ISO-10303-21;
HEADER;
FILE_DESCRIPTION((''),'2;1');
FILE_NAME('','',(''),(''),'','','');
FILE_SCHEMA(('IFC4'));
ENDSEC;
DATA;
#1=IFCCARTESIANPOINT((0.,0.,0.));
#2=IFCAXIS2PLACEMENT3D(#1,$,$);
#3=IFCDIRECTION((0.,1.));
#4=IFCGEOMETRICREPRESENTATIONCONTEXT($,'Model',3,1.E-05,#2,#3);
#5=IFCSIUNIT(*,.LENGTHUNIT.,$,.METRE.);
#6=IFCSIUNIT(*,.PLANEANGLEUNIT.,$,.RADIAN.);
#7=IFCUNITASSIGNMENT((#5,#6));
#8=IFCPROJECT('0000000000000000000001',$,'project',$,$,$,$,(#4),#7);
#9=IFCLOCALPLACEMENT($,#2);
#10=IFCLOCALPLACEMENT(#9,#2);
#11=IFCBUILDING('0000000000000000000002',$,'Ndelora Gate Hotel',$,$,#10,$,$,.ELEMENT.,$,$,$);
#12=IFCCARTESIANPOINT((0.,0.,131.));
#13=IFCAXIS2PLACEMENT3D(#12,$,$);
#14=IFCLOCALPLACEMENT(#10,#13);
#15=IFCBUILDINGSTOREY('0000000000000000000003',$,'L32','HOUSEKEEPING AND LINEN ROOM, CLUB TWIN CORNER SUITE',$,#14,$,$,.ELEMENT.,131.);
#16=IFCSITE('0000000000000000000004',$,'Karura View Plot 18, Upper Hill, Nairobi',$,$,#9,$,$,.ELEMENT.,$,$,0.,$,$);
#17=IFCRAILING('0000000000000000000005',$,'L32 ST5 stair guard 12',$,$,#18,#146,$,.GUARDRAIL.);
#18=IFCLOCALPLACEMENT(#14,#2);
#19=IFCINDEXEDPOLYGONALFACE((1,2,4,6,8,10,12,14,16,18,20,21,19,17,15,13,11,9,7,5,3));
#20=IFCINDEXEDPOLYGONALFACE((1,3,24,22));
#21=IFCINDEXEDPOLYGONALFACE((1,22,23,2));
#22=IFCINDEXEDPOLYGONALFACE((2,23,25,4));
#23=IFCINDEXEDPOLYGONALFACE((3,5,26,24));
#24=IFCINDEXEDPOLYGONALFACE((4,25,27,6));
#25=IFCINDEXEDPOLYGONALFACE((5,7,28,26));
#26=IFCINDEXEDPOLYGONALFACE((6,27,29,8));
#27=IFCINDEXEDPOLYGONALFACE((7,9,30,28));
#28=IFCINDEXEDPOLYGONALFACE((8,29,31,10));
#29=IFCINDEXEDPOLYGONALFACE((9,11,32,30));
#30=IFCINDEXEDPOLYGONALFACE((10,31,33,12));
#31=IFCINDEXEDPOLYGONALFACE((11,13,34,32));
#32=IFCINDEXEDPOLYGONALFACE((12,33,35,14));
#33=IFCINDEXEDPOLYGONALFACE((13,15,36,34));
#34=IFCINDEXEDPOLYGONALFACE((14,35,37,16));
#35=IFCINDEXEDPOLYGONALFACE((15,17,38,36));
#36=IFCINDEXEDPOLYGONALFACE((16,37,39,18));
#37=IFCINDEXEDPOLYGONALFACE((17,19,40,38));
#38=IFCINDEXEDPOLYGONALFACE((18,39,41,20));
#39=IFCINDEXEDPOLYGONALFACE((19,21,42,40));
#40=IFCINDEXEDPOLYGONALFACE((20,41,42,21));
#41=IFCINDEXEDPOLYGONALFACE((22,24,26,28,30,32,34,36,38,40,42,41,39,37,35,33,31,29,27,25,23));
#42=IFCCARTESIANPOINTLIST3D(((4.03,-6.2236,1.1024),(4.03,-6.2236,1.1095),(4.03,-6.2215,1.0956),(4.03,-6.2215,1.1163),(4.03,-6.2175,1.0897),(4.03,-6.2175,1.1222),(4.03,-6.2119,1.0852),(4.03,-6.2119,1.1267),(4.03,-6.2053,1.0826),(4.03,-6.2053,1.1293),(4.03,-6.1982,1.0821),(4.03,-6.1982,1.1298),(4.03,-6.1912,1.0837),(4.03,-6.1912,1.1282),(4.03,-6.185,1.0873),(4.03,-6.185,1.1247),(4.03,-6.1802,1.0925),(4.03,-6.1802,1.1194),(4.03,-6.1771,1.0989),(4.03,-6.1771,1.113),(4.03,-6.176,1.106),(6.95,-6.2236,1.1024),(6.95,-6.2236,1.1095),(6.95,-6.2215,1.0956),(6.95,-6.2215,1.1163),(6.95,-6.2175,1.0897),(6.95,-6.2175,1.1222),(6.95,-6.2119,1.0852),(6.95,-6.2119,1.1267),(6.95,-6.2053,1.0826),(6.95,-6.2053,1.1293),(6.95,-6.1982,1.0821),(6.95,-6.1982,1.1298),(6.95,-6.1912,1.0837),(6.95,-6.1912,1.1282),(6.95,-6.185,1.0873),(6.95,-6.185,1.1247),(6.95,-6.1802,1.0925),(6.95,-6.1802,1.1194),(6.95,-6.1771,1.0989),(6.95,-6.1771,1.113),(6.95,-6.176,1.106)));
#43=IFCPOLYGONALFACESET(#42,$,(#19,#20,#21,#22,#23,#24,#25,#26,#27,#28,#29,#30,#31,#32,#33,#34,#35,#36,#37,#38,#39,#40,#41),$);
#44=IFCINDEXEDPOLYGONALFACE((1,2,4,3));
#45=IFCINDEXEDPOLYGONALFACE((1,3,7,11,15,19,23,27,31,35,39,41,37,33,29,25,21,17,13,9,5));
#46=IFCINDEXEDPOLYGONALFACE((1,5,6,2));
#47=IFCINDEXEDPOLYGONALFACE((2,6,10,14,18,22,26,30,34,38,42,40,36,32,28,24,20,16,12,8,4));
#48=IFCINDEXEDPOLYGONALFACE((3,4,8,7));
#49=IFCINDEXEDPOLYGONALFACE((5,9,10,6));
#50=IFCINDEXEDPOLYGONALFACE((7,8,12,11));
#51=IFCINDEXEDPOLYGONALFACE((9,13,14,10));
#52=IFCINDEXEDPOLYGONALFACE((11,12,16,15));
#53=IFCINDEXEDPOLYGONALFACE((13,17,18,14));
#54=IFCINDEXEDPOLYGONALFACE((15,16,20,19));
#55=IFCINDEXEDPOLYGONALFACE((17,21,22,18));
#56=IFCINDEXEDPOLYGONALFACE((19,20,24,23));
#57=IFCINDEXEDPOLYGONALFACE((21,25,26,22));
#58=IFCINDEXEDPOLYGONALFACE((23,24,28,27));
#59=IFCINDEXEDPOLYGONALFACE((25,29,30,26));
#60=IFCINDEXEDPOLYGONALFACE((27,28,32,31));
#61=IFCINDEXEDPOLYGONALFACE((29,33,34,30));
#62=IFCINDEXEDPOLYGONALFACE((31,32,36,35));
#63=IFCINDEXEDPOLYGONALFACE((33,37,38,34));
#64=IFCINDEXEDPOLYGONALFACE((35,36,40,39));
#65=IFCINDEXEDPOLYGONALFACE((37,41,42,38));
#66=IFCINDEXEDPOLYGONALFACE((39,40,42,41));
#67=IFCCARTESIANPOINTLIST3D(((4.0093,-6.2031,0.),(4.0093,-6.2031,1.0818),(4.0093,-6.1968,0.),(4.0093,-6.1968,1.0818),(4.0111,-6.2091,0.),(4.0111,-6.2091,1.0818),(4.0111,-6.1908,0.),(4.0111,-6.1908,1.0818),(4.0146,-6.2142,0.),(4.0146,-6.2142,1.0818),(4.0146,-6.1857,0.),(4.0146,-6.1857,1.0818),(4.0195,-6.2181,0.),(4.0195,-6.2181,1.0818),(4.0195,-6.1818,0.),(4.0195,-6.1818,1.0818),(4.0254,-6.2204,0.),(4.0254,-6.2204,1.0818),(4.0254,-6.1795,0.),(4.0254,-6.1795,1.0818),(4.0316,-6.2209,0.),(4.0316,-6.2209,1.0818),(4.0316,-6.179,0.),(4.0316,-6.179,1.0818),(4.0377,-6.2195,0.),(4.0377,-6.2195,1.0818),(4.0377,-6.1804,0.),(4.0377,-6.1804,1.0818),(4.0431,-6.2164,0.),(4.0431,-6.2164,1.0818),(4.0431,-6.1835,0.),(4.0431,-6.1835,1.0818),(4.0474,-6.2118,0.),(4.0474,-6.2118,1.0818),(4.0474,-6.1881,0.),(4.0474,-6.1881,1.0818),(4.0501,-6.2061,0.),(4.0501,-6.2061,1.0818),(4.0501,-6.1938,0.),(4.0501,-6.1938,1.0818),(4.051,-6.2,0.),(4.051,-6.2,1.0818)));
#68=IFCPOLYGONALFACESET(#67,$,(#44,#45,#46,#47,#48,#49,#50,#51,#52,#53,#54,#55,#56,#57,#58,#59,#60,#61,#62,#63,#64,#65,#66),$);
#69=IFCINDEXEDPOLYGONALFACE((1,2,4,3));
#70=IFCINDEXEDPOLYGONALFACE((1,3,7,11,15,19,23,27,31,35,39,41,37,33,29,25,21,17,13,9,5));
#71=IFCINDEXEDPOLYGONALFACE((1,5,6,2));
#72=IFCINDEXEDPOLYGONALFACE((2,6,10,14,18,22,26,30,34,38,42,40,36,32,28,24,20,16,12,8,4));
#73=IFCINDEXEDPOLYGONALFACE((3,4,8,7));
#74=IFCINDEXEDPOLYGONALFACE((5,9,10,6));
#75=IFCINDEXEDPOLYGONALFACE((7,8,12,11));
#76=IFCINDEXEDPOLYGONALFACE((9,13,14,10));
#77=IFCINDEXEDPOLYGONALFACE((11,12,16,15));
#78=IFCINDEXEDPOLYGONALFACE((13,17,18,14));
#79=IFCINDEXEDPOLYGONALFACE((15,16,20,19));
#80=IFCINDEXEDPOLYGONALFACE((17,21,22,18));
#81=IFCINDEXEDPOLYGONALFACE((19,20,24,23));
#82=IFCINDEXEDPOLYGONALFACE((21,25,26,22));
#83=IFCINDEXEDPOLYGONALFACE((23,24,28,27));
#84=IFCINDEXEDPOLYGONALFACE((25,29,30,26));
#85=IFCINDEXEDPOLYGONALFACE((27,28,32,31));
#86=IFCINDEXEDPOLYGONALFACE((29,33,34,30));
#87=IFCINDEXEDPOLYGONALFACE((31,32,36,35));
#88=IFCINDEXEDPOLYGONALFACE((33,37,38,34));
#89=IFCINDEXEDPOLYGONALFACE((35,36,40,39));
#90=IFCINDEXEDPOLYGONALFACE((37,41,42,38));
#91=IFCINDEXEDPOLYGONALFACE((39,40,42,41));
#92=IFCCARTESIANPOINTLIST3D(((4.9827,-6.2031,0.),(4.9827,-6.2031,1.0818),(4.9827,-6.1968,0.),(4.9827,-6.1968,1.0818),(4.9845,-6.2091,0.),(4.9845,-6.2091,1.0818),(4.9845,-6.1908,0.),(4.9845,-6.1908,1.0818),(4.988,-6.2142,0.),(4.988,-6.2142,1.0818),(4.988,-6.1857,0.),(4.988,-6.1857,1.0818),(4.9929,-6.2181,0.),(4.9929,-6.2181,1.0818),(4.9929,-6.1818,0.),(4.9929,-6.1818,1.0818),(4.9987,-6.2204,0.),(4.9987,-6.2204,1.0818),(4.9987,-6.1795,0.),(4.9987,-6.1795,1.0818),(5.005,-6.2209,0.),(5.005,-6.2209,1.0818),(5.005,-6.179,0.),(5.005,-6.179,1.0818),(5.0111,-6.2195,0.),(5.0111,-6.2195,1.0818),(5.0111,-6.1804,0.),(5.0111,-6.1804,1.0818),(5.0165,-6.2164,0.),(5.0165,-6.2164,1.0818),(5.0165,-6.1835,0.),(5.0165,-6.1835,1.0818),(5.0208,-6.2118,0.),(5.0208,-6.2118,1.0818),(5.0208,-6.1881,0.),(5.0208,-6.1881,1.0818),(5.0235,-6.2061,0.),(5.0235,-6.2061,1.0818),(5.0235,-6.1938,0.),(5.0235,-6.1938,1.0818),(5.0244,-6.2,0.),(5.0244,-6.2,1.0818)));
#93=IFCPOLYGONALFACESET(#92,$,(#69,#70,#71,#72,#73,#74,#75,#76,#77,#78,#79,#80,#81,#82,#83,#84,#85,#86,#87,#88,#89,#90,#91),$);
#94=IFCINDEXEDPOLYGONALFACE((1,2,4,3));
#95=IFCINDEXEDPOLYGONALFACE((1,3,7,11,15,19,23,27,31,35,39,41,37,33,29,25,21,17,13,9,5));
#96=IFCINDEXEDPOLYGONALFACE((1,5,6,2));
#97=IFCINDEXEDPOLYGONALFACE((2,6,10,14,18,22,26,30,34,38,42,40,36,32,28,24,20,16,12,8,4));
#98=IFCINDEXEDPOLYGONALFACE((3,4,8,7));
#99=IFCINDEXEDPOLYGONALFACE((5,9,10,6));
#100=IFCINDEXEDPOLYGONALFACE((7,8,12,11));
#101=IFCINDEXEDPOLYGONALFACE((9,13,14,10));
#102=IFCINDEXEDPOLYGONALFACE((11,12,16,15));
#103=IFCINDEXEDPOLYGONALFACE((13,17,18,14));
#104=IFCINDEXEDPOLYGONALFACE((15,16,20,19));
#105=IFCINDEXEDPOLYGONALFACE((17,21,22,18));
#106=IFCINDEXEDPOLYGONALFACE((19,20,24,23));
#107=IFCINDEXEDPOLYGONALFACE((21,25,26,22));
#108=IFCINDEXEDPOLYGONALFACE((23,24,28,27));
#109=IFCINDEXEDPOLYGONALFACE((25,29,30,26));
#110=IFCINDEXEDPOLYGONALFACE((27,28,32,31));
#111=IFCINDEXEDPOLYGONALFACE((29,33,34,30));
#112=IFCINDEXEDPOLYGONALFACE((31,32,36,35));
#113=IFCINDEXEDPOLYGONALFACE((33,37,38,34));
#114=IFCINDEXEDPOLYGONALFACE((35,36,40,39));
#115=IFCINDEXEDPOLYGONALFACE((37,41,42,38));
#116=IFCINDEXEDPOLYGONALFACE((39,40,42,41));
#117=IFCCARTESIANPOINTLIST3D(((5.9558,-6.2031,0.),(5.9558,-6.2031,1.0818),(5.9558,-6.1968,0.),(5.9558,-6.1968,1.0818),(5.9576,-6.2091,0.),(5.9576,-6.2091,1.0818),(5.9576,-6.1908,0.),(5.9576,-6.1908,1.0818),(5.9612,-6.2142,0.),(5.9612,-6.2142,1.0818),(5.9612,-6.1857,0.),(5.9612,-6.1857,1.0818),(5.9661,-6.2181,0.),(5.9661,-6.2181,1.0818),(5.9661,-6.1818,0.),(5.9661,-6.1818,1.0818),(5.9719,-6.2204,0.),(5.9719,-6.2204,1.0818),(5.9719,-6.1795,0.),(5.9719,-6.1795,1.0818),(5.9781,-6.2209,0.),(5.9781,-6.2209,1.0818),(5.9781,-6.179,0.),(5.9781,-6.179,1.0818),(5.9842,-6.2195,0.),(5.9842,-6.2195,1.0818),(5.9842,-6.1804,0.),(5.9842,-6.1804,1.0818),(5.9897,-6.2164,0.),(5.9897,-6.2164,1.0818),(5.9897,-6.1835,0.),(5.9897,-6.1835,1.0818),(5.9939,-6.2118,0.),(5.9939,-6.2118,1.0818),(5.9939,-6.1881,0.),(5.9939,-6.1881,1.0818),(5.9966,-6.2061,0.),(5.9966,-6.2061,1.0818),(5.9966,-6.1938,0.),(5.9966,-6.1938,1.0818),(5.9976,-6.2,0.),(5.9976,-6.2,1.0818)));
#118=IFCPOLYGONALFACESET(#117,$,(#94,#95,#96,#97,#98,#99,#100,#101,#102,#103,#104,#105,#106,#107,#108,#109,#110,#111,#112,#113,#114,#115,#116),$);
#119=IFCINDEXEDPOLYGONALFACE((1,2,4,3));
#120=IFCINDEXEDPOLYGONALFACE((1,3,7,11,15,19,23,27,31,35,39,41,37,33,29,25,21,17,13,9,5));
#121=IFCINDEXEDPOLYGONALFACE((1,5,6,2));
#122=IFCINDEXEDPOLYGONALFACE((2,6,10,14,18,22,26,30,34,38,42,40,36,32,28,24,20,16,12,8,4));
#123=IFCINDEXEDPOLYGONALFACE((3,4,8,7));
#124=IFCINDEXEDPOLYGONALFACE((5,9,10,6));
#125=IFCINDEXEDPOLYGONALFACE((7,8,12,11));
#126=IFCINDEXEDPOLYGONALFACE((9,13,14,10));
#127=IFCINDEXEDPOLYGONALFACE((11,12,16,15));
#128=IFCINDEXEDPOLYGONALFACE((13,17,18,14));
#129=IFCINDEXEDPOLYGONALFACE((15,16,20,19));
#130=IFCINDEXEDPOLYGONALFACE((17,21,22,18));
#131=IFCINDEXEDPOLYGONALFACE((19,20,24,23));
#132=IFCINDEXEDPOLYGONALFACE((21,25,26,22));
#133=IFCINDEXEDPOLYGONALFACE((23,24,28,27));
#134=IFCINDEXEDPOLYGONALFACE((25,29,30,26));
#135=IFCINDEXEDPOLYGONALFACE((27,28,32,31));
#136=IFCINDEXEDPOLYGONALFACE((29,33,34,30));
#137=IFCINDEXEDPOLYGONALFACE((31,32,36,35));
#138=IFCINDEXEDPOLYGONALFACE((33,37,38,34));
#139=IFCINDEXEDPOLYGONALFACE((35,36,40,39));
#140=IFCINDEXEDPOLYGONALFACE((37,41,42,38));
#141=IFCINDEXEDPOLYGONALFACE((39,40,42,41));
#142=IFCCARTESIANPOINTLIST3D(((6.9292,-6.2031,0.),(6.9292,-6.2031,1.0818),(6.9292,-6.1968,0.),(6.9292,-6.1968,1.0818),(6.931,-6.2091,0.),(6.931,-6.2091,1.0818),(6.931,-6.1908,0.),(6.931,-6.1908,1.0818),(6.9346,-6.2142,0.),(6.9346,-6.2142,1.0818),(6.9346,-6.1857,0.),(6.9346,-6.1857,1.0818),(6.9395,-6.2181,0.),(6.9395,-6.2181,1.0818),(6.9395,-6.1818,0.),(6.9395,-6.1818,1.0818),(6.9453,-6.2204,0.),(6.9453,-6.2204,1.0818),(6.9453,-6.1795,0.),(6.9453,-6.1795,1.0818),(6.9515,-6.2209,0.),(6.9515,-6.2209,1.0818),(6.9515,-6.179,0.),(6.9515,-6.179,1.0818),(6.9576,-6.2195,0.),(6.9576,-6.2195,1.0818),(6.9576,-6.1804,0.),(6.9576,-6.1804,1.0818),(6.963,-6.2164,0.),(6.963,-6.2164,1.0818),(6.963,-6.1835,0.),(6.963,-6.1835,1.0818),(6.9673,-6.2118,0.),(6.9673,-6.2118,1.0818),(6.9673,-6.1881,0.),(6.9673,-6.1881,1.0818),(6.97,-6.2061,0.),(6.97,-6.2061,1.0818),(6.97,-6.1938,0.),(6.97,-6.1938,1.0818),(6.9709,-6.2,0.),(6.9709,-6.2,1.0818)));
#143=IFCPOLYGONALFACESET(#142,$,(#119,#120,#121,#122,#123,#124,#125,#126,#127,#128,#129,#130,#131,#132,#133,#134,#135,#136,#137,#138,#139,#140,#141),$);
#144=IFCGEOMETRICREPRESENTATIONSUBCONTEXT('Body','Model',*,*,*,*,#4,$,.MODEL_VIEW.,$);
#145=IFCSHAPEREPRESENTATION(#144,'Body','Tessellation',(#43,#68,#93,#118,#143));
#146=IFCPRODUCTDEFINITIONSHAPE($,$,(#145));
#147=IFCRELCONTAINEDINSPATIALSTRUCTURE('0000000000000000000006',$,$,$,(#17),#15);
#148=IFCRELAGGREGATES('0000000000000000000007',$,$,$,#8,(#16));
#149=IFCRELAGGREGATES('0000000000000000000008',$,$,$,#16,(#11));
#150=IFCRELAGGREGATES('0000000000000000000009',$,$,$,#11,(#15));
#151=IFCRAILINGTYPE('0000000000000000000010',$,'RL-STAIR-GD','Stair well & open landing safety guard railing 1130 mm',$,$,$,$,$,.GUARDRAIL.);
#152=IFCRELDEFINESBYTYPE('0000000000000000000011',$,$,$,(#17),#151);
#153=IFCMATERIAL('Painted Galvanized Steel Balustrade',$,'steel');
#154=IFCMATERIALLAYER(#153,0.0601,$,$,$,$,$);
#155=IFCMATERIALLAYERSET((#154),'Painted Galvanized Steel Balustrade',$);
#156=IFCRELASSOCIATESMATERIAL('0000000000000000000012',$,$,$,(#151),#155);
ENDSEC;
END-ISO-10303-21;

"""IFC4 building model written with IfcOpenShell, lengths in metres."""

from ifc_helpers import new_model, si_unit, direction, frame, origin, origin_2d, place, context, subcontext, project, spatial, circle, extrude, material, layer, layer_set, type_object, element, save


model = new_model("IFC4")

# Units and contexts
model_context = context("Model", 3, precision=1e-05, world=origin(), true_north=direction((0.0, 1.0)))
body_context = subcontext(model_context, "Body", "Model", "MODEL_VIEW")
ifc_project = project(units=[si_unit("LENGTHUNIT", "METRE"), si_unit("PLANEANGLEUNIT", "RADIAN")], contexts=[model_context])

# Site, building, storey
site_placement = place(None, origin())
site = spatial("IfcSite", under=ifc_project, at=site_placement, Name="Karura View Plot 18, Upper Hill, Nairobi", CompositionType="ELEMENT", RefElevation=0.0)
building_placement = place(site_placement, origin())
building = spatial("IfcBuilding", under=site, at=building_placement, Name="Ndelora Gate Hotel", CompositionType="ELEMENT")
storey_placement = place(building_placement, frame((0.0, 0.0, 131.0)))
storey = spatial("IfcBuildingStorey", under=building, at=storey_placement, Name="L32", Description="HOUSEKEEPING AND LINEN ROOM, CLUB TWIN CORNER SUITE", CompositionType="ELEMENT", Elevation=131.0)

# Railing
ifc_material_1 = material(Name="Painted Galvanized Steel Balustrade", Category="steel")
ifc_layer_1 = layer(ifc_material_1, 0.0601)
ifc_layer_set_1 = layer_set([ifc_layer_1], Name="Painted Galvanized Steel Balustrade")
railing_type_1 = type_object("IfcRailingType", Name="RL-STAIR-GD", Description="Stair well & open landing safety guard railing 1130 mm", PredefinedType="GUARDRAIL", material=ifc_layer_set_1)
railing_1_placement = place(storey_placement, frame((4.03, -6.2, 0.0)))
element("IfcRailing", 1, at=railing_1_placement, inside=storey, type_object=railing_type_1, Name="L32 ST5 stair guard 12", PredefinedType="GUARDRAIL", context=body_context, shape_type="SweptSolid", body=[
    extrude(circle(Radius=0.0239, at=origin_2d()), frame((0.0, 0.0, 1.106), z_axis=(1.0, 0.0, 0.0), x_axis=(0.0, 1.0, 0.0)), (0.0, 0.0, 1.0), 2.9199),
    extrude(circle(Radius=0.021, at=origin_2d()), origin(), (0.0, 0.0, 1.0), 1.0818),
    extrude(circle(Radius=0.021, at=origin_2d()), frame((0.9734, 0.0, 0.0)), (0.0, 0.0, 1.0), 1.0818),
    extrude(circle(Radius=0.021, at=origin_2d()), frame((1.9465, 0.0, 0.0)), (0.0, 0.0, 1.0), 1.0818),
    extrude(circle(Radius=0.021, at=origin_2d()), frame((2.9199, 0.0, 0.0)), (0.0, 0.0, 1.0), 1.0818),
])

save(model, "model.ifc")
